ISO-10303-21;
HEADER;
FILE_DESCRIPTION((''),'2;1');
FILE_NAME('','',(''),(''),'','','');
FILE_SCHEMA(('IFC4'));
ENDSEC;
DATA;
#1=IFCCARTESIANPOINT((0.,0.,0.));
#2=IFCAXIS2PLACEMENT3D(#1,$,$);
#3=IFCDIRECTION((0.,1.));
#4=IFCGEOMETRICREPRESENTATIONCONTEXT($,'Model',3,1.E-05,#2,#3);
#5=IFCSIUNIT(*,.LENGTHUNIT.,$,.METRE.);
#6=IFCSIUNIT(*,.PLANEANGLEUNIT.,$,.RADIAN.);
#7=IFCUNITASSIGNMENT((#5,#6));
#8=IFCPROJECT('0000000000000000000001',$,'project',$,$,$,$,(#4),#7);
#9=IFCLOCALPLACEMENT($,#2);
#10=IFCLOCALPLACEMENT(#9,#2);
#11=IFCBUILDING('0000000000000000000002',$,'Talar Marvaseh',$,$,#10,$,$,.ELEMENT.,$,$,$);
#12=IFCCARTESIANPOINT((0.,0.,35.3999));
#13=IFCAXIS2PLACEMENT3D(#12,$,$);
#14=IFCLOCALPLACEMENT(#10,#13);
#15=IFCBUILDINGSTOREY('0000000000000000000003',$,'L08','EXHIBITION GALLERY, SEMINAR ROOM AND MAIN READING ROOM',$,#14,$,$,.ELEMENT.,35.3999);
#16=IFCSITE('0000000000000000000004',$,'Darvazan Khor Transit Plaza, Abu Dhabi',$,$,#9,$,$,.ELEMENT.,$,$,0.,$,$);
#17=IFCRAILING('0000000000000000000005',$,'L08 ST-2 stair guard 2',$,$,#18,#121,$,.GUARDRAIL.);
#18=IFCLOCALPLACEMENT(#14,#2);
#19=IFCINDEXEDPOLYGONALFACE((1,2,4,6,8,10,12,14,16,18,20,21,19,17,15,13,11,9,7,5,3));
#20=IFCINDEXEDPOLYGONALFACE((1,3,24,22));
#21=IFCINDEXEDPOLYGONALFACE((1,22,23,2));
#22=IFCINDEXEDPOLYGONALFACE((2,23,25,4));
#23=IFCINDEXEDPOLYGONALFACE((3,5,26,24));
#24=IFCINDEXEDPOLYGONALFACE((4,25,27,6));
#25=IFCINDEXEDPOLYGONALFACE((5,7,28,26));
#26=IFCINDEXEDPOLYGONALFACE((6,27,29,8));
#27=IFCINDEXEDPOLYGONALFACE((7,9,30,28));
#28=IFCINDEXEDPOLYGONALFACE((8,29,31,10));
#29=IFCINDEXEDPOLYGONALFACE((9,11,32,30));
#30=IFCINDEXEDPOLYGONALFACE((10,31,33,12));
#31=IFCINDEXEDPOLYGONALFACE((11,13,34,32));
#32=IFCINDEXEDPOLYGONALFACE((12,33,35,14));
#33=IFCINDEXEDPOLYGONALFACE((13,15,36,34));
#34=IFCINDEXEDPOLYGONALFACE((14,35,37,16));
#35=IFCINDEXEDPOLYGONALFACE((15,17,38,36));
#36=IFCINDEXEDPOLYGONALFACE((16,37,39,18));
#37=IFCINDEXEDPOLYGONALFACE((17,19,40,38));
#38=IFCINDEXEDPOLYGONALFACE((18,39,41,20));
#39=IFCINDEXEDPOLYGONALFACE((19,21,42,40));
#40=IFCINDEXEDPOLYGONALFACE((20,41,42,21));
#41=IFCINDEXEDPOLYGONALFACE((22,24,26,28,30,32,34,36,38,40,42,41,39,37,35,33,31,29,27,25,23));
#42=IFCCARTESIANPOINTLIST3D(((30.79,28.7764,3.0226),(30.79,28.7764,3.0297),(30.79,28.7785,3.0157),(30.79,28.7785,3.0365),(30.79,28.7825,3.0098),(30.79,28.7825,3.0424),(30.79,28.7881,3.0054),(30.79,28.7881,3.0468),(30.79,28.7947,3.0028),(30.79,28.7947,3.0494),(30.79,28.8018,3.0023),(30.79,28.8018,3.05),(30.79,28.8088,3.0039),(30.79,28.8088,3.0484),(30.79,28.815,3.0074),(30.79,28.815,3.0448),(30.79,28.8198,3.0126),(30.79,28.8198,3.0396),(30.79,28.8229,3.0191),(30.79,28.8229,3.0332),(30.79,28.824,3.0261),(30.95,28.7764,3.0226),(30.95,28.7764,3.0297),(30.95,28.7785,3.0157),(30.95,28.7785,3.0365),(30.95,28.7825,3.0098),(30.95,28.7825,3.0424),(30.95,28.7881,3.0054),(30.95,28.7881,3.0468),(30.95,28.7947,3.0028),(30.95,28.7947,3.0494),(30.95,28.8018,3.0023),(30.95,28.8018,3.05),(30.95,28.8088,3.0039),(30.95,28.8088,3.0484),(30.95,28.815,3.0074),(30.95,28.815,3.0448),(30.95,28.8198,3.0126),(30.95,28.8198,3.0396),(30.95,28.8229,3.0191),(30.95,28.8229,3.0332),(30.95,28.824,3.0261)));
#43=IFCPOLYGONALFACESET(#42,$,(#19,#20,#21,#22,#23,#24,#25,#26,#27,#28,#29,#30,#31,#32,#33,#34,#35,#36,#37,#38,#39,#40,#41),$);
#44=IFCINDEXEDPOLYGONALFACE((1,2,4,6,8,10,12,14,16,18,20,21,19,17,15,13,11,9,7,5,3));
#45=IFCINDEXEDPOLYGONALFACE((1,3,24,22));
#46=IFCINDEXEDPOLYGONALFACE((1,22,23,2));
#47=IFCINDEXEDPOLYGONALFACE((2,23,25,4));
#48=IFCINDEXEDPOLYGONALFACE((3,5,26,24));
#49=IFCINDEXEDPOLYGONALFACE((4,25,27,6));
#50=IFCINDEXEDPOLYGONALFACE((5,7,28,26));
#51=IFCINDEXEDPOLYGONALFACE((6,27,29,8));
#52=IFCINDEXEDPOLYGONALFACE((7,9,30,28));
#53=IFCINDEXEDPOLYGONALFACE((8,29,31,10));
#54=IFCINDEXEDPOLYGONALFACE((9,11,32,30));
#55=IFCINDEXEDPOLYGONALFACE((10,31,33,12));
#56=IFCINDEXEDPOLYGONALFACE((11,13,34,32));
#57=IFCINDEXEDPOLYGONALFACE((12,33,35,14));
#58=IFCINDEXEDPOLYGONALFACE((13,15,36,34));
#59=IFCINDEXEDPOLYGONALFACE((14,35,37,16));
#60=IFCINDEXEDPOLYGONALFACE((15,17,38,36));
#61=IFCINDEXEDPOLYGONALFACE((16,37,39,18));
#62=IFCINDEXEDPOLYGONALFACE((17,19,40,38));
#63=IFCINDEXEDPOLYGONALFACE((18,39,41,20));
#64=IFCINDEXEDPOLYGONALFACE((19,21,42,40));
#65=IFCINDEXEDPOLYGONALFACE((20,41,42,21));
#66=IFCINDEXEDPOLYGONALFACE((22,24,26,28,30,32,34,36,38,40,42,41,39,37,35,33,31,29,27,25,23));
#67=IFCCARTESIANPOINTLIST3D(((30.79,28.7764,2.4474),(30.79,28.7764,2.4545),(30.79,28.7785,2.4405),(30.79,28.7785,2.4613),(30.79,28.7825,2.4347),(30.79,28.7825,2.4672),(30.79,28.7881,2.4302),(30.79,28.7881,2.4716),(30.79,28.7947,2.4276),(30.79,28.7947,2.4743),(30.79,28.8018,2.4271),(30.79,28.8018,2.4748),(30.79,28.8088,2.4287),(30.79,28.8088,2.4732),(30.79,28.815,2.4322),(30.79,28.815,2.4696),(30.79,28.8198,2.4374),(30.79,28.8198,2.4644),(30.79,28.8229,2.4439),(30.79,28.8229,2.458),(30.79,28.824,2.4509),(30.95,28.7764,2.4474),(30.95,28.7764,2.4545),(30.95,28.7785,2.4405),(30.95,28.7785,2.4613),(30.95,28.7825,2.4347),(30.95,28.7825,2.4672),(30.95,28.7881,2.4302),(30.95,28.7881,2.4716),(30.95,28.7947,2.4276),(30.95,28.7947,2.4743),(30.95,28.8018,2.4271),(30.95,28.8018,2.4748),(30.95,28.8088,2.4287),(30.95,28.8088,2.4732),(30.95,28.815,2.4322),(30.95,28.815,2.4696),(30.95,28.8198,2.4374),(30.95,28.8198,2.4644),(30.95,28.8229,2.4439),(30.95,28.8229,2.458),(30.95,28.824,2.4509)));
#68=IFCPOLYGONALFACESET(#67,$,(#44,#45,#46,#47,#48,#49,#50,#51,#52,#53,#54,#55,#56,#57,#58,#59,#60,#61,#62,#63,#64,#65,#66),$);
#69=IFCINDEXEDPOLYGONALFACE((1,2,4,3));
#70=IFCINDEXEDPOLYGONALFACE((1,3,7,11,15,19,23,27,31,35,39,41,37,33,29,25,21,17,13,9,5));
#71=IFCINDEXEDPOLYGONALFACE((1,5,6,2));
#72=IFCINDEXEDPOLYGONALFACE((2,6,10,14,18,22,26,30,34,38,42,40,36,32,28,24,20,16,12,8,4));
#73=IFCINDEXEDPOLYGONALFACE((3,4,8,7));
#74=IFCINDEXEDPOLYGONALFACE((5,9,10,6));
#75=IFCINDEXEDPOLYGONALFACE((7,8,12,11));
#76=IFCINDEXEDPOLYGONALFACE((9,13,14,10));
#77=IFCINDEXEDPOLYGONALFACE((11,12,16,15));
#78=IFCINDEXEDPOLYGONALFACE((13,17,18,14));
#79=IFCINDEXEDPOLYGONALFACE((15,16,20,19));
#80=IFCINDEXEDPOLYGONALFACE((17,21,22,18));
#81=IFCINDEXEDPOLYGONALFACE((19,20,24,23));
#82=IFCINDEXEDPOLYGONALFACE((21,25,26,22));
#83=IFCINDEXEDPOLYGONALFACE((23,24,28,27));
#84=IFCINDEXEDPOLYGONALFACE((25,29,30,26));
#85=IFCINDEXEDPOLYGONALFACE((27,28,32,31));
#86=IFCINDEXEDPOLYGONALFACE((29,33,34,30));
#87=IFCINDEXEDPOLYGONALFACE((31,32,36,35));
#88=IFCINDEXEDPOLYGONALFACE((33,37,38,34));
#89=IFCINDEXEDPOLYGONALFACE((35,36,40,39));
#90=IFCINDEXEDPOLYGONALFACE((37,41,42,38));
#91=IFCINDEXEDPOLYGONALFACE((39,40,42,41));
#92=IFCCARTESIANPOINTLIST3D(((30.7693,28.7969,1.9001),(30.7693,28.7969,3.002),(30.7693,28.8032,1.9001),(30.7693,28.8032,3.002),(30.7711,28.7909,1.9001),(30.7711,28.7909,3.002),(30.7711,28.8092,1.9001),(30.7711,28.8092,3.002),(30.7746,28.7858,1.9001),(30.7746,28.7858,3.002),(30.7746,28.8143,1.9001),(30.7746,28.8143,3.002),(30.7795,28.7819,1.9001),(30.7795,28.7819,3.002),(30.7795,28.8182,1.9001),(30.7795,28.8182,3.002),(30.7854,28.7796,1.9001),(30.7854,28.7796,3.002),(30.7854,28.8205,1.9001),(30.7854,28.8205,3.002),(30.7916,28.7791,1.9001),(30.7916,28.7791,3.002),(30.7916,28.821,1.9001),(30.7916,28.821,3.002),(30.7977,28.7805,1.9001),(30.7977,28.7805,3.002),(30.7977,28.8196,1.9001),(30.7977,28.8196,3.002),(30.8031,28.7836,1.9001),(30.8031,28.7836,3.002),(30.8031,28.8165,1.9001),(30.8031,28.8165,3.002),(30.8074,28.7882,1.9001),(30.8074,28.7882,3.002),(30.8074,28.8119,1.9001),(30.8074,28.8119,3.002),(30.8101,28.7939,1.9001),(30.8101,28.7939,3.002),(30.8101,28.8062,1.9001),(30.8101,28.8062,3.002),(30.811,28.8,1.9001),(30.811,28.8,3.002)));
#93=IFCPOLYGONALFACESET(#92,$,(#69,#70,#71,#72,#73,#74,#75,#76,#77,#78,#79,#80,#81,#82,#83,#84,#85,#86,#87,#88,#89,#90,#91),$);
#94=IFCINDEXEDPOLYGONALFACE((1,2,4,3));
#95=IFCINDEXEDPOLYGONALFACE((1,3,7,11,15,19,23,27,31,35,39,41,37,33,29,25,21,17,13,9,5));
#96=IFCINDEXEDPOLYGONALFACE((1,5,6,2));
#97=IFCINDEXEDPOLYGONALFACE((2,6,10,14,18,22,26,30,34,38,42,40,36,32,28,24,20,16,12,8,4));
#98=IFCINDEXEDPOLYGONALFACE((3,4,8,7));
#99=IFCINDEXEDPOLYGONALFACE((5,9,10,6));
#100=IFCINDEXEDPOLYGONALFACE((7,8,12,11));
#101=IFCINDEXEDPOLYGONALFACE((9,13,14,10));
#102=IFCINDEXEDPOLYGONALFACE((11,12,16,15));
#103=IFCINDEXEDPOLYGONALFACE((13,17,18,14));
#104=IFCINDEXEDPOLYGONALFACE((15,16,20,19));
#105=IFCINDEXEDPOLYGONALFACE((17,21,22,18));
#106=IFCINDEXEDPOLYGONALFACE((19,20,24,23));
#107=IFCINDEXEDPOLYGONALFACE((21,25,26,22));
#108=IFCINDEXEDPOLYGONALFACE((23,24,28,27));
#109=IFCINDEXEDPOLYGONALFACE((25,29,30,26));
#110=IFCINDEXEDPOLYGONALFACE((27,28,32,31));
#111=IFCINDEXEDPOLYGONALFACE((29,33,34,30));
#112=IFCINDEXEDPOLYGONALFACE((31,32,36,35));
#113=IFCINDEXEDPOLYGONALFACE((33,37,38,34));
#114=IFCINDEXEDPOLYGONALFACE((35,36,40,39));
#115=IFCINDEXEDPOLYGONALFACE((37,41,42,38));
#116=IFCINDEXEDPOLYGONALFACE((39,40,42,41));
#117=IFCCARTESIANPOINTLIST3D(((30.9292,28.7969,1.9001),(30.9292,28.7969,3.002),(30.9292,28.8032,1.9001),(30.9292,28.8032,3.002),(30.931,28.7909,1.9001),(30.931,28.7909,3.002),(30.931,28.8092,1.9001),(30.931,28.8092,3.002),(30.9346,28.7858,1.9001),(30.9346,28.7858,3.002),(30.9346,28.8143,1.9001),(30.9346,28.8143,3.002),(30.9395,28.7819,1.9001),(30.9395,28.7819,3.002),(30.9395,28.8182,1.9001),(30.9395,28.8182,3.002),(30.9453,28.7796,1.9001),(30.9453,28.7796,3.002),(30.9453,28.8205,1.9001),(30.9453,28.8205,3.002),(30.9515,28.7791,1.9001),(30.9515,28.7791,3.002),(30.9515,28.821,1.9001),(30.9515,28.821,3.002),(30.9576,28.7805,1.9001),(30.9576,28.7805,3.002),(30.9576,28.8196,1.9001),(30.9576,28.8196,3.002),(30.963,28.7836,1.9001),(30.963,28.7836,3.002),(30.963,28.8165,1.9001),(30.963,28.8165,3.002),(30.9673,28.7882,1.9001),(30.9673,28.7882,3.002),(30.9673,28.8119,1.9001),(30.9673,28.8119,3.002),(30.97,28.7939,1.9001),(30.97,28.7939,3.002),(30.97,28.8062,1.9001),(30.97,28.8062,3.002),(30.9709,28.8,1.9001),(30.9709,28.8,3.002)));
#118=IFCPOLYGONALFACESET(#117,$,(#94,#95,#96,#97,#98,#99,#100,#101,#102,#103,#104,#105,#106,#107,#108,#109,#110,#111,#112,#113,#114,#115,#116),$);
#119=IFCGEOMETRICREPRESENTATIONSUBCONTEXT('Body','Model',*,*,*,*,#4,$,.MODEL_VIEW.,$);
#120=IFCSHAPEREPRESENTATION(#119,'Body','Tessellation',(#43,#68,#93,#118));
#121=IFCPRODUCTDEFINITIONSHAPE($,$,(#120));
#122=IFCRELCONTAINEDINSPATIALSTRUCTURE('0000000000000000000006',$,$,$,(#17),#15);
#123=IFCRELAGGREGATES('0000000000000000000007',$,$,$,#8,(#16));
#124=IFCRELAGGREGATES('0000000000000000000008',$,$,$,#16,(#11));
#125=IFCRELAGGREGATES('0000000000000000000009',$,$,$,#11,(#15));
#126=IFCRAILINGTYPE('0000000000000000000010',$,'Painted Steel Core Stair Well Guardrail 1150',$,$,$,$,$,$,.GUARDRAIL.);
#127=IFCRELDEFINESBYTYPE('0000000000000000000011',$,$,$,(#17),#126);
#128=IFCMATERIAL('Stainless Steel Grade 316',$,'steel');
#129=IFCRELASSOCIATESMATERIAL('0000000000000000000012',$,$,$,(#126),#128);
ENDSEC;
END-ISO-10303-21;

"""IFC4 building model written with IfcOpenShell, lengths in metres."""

from ifc_helpers import new_model, si_unit, direction, frame, origin, origin_2d, place, context, subcontext, project, spatial, circle, extrude, material, type_object, element, save


model = new_model("IFC4")

# Units and contexts
model_context = context("Model", 3, precision=1e-05, world=origin(), true_north=direction((0.0, 1.0)))
body_context = subcontext(model_context, "Body", "Model", "MODEL_VIEW")
ifc_project = project(units=[si_unit("LENGTHUNIT", "METRE"), si_unit("PLANEANGLEUNIT", "RADIAN")], contexts=[model_context])

# Site, building, storey
site_placement = place(None, origin())
site = spatial("IfcSite", under=ifc_project, at=site_placement, Name="Darvazan Khor Transit Plaza, Abu Dhabi", CompositionType="ELEMENT", RefElevation=0.0)
building_placement = place(site_placement, origin())
building = spatial("IfcBuilding", under=site, at=building_placement, Name="Talar Marvaseh", CompositionType="ELEMENT")
storey_placement = place(building_placement, frame((0.0, 0.0, 35.3999)))
storey = spatial("IfcBuildingStorey", under=building, at=storey_placement, Name="L08", Description="EXHIBITION GALLERY, SEMINAR ROOM AND MAIN READING ROOM", CompositionType="ELEMENT", Elevation=35.3999)

# Railing
ifc_material_1 = material(Name="Stainless Steel Grade 316", Category="steel")
railing_type_1 = type_object("IfcRailingType", Name="Painted Steel Core Stair Well Guardrail 1150", PredefinedType="GUARDRAIL", material=ifc_material_1)
railing_1_placement = place(storey_placement, frame((30.79, 28.8, 1.9001)))
element("IfcRailing", 1, at=railing_1_placement, inside=storey, type_object=railing_type_1, Name="L08 ST-2 stair guard 2", PredefinedType="GUARDRAIL", context=body_context, shape_type="SweptSolid", body=[
    extrude(circle(Radius=0.0239, at=origin_2d()), frame((0.0, 0.0, 1.126), z_axis=(1.0, 0.0, 0.0), x_axis=(0.0, 1.0, 0.0)), (0.0, 0.0, 1.0), 0.1599),
    extrude(circle(Radius=0.0239, at=origin_2d()), frame((0.0, 0.0, 0.5508), z_axis=(1.0, 0.0, 0.0), x_axis=(0.0, 1.0, 0.0)), (0.0, 0.0, 1.0), 0.1599),
    extrude(circle(Radius=0.021, at=origin_2d()), origin(), (0.0, 0.0, 1.0), 1.1018),
    extrude(circle(Radius=0.021, at=origin_2d()), frame((0.1599, 0.0, 0.0)), (0.0, 0.0, 1.0), 1.1018),
])

save(model, "model.ifc")
